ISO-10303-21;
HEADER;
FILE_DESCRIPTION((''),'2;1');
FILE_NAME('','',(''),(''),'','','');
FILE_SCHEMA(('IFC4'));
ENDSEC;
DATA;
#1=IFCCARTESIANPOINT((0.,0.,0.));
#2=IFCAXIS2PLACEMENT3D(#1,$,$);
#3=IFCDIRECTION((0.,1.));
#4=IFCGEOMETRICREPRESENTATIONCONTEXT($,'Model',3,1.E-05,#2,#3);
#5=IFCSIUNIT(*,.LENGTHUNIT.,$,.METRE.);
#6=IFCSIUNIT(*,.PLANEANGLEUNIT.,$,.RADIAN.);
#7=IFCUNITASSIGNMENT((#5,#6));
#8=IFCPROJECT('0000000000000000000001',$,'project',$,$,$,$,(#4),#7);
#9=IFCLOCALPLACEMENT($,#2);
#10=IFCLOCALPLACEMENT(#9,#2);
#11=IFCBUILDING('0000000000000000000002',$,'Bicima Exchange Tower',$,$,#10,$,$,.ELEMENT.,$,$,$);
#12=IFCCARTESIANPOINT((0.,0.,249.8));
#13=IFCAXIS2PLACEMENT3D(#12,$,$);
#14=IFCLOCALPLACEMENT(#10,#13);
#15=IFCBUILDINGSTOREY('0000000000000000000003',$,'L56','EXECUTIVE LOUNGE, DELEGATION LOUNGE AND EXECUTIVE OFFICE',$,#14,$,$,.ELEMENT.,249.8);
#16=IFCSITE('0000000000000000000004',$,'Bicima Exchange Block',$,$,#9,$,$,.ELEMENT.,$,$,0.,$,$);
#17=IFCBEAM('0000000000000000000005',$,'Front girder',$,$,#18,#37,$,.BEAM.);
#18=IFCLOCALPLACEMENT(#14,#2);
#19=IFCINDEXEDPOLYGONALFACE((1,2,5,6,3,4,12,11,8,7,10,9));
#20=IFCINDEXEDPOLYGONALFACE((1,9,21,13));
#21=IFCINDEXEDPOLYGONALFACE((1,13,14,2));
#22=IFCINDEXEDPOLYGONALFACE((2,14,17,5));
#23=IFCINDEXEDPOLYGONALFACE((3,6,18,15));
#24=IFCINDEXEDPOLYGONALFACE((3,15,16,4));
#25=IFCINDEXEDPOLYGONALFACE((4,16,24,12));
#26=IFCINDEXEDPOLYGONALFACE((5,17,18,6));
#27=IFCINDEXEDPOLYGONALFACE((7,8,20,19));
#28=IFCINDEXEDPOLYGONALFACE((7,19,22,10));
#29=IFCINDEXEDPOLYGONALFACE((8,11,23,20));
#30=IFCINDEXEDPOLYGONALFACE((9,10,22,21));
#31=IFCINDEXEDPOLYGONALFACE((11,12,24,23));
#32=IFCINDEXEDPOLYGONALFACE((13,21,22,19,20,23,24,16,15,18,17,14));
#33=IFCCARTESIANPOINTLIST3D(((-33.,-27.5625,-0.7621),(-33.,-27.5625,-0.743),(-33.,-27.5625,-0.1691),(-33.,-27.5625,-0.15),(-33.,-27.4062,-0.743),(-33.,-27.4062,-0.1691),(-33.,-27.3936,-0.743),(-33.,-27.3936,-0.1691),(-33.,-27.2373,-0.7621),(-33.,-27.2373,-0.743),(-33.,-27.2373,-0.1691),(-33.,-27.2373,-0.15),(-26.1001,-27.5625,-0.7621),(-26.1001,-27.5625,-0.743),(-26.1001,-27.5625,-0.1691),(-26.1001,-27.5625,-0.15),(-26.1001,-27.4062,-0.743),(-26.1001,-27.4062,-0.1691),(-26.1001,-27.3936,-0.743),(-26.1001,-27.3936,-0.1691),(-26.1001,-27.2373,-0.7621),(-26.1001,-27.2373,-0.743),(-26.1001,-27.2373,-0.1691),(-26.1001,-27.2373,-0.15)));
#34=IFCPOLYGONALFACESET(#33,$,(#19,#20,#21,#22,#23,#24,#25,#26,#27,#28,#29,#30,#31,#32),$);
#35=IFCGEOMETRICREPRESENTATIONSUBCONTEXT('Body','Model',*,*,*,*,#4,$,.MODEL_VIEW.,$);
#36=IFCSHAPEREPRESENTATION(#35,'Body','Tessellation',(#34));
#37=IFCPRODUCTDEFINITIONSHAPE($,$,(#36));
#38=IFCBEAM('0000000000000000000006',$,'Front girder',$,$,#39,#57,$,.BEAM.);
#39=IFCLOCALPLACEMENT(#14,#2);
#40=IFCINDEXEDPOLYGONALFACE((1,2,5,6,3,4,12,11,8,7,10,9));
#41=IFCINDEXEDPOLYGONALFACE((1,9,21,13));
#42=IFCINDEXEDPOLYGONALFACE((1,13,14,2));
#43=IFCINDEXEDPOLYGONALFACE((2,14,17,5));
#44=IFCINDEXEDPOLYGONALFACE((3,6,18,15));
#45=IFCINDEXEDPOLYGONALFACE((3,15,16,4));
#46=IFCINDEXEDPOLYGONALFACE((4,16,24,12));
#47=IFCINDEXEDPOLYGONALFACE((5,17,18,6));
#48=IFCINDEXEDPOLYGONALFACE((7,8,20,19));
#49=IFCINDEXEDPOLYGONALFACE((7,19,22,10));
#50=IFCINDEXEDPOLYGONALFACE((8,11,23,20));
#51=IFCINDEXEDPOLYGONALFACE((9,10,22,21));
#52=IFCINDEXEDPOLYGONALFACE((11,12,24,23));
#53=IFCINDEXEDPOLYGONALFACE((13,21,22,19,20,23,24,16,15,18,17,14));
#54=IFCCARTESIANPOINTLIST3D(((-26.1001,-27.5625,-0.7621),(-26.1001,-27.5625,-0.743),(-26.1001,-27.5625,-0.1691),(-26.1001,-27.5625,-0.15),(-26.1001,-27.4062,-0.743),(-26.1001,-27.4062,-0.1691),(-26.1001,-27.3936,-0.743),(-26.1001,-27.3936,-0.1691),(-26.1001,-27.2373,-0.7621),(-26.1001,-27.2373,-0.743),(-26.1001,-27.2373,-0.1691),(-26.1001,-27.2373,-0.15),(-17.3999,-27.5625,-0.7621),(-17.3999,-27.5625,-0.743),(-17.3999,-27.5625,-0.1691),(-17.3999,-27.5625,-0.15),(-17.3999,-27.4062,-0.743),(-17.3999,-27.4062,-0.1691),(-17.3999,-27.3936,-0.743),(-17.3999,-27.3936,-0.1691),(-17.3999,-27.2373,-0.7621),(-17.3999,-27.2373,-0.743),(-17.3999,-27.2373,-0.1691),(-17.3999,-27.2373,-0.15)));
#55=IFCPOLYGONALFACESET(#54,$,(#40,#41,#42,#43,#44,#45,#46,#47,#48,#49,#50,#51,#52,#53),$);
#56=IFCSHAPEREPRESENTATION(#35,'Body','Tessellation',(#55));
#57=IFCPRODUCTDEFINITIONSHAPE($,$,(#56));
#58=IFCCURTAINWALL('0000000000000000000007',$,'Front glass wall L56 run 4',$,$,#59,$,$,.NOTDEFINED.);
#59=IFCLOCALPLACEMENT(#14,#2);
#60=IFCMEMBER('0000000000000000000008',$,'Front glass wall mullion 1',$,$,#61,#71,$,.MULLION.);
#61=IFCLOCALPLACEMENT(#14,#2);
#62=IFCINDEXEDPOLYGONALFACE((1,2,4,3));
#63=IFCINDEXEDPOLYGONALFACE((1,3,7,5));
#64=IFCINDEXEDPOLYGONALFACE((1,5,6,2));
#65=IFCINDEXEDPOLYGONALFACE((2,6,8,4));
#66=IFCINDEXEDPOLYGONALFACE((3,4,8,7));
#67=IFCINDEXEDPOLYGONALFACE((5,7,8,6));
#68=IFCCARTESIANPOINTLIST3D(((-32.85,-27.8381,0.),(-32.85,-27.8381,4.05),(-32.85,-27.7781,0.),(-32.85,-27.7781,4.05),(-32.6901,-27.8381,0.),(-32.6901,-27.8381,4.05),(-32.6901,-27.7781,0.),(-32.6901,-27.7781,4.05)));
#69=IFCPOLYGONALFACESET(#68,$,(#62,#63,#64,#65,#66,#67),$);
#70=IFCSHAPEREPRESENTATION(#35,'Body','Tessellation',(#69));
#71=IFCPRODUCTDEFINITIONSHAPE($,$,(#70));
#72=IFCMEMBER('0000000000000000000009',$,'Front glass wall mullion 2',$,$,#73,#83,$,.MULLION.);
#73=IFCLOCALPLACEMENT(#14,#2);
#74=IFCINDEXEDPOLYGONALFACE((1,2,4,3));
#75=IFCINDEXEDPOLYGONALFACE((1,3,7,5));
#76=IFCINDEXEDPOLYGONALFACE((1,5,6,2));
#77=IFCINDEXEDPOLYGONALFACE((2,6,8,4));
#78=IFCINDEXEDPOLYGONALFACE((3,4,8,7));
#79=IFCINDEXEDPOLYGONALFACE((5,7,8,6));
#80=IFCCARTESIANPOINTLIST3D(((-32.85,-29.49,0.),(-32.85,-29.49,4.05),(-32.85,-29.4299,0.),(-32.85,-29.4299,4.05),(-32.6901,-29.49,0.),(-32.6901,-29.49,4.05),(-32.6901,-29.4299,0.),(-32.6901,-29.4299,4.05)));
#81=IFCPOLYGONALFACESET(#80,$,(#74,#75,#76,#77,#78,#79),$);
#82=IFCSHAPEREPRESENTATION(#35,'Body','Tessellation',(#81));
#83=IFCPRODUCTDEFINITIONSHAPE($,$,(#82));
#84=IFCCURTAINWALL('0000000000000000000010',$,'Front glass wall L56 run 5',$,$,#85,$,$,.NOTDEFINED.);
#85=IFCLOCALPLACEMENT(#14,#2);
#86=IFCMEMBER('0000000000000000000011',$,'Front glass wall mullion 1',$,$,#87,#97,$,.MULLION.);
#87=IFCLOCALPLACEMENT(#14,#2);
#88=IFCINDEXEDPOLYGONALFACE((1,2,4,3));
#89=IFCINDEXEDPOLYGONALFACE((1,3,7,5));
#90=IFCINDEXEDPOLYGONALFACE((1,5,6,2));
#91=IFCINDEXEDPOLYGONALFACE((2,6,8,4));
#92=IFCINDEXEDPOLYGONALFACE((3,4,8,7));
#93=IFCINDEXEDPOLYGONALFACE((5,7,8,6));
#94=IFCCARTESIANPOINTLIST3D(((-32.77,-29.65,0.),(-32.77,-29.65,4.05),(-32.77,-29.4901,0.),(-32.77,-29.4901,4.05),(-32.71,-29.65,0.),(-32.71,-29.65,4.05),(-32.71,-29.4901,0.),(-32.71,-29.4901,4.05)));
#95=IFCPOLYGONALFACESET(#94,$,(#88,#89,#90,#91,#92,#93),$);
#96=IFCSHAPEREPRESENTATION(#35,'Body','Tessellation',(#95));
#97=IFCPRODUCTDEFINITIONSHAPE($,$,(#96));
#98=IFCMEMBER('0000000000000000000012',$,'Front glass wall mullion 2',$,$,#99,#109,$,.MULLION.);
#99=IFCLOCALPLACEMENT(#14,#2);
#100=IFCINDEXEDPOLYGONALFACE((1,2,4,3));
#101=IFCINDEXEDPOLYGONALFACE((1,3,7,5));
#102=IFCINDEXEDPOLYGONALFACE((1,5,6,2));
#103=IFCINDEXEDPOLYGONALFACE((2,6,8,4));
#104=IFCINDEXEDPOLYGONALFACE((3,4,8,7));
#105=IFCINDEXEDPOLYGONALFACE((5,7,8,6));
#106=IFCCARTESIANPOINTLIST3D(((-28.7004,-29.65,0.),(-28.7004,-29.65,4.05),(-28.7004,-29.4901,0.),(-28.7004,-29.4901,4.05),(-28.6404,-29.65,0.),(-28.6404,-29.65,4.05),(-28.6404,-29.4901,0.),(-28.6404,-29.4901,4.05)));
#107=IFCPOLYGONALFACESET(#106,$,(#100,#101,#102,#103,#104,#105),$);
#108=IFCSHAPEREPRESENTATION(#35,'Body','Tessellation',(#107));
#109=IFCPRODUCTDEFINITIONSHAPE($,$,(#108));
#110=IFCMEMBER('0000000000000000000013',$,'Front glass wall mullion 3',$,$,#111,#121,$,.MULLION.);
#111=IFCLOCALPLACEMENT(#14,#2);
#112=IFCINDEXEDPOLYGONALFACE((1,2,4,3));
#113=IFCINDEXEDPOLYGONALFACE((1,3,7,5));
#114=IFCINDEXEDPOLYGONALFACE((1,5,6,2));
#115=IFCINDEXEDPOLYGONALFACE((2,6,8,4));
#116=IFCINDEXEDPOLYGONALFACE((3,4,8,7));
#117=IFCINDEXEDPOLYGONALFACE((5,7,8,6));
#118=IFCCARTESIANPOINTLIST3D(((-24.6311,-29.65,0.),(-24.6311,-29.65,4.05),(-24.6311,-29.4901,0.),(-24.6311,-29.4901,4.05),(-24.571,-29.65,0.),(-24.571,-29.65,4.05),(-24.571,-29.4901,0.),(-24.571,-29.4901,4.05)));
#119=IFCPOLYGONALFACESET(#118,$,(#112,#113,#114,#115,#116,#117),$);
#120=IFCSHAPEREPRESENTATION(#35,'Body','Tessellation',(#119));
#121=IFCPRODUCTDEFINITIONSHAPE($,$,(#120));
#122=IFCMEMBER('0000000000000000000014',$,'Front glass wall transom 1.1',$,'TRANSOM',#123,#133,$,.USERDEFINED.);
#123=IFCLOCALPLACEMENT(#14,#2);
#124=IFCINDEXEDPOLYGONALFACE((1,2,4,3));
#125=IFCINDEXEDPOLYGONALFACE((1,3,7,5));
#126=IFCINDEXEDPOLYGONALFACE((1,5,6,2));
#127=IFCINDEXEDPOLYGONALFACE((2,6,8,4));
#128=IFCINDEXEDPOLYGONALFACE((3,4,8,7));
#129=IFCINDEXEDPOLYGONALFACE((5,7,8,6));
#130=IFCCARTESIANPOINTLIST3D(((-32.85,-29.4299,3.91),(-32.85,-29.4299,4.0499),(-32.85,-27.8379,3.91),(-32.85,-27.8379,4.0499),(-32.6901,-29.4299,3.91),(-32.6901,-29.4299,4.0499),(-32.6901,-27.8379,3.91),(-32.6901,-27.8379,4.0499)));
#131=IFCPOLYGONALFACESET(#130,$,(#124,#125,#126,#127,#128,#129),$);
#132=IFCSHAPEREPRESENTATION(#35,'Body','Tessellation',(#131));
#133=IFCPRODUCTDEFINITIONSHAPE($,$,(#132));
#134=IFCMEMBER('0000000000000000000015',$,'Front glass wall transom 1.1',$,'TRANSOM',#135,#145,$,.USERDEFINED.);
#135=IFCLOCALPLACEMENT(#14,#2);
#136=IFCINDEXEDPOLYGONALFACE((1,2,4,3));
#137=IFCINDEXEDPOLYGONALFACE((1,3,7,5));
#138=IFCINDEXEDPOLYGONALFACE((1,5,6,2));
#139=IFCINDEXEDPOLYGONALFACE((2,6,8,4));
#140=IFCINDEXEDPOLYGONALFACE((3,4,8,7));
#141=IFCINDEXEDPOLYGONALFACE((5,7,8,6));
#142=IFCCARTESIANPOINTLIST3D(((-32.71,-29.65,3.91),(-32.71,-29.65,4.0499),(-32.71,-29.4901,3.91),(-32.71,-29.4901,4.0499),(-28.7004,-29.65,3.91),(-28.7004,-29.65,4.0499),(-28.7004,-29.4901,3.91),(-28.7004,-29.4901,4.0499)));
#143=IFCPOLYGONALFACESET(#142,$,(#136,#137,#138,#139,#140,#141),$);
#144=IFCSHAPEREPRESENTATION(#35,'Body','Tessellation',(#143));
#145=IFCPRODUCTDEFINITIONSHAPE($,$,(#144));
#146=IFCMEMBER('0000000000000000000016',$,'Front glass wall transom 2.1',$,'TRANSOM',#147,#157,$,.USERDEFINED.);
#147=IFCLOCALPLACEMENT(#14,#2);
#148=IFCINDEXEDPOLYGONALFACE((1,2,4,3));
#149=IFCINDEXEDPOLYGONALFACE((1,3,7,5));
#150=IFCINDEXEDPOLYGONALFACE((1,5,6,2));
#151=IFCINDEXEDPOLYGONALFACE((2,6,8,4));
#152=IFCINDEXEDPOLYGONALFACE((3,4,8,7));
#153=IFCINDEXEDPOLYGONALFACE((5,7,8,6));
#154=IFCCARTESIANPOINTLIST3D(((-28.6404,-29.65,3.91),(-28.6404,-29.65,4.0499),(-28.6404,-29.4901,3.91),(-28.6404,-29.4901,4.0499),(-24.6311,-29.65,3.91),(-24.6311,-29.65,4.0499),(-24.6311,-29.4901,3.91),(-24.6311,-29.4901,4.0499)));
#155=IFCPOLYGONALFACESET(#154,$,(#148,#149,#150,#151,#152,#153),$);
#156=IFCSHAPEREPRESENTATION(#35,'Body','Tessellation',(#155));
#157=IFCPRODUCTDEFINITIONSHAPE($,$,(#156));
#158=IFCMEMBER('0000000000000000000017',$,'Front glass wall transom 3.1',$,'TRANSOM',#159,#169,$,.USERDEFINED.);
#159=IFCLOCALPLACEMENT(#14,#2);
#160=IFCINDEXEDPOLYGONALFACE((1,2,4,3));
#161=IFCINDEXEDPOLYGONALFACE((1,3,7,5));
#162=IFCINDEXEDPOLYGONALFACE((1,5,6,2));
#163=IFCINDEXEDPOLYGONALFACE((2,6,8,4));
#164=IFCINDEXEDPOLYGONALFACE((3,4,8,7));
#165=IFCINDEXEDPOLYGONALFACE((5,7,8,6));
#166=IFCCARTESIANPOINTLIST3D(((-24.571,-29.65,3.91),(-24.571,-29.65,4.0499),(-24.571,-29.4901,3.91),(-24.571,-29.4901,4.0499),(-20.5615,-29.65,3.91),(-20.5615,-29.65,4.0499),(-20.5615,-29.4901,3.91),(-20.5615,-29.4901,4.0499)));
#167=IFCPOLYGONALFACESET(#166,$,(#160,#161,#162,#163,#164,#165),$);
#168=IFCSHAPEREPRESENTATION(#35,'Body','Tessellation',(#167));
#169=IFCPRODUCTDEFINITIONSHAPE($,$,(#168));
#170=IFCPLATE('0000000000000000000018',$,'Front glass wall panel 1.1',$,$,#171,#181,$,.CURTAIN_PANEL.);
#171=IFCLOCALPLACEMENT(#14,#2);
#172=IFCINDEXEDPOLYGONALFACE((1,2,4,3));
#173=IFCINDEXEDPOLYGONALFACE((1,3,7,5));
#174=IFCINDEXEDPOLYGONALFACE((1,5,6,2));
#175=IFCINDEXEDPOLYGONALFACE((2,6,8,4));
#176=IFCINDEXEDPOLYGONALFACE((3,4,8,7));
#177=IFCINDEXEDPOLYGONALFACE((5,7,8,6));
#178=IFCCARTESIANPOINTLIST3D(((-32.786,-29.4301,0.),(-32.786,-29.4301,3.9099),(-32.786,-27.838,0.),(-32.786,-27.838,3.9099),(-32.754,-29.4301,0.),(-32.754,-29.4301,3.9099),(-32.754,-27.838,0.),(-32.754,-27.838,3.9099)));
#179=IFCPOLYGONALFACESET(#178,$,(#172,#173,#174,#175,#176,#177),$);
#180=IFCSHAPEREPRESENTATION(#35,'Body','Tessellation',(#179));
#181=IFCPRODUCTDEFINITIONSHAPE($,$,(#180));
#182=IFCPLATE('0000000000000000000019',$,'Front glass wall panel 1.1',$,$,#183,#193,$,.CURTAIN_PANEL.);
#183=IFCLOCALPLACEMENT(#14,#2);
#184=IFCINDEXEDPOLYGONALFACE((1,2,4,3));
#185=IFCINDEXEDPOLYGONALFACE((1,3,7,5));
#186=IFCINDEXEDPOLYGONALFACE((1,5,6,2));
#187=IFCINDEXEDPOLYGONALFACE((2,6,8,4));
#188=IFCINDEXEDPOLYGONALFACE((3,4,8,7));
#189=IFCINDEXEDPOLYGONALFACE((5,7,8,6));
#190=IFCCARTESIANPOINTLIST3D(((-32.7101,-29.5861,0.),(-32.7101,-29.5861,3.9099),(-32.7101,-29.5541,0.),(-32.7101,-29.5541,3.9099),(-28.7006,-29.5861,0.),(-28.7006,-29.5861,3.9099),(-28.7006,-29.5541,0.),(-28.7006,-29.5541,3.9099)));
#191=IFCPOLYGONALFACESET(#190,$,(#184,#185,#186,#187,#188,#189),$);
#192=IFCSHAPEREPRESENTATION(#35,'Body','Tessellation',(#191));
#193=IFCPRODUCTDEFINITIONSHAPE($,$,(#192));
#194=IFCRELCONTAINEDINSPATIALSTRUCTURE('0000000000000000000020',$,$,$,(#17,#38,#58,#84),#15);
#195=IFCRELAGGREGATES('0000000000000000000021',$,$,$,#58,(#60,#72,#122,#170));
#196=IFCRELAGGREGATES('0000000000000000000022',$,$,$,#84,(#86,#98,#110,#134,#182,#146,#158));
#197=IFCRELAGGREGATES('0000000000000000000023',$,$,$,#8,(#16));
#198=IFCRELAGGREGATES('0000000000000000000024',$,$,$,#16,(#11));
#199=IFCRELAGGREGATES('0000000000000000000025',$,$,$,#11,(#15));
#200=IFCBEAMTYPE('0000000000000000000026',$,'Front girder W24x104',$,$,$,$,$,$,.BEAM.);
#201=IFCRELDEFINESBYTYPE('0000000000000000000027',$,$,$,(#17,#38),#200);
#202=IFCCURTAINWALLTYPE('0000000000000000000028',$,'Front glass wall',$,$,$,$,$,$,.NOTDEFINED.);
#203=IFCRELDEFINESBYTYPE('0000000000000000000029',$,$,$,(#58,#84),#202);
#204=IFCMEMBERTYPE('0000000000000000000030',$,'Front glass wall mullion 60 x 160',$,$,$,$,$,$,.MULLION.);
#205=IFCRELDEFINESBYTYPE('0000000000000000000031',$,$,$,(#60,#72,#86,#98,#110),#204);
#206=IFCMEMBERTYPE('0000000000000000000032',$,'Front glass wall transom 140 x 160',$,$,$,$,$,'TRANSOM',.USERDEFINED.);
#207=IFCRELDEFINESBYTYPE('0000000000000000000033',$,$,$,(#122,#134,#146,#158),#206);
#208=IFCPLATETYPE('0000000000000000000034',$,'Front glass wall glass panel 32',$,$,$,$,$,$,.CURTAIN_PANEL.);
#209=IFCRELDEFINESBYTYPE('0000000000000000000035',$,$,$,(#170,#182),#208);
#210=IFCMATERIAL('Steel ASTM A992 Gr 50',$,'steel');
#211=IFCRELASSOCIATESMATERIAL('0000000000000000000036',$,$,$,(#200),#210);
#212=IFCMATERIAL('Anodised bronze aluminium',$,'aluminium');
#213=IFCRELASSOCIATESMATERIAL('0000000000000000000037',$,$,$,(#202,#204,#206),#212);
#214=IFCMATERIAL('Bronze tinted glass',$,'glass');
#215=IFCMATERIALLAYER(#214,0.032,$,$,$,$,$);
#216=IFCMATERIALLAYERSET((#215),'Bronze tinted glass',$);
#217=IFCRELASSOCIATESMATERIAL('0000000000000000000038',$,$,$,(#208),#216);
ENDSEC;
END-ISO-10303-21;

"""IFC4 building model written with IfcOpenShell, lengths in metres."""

from ifc_helpers import new_model, si_unit, direction, frame, origin, origin_2d, place, context, subcontext, project, spatial, rectangle, i_section, extrude, material, layer, layer_set, material_profile, profile_set, type_object, element, aggregate, save


model = new_model("IFC4")

# Units and contexts
model_context = context("Model", 3, precision=1e-05, world=origin(), true_north=direction((0.0, 1.0)))
body_context = subcontext(model_context, "Body", "Model", "MODEL_VIEW")
ifc_project = project(units=[si_unit("LENGTHUNIT", "METRE"), si_unit("PLANEANGLEUNIT", "RADIAN")], contexts=[model_context])

# Site, building, storey
site_placement = place(None, origin())
site = spatial("IfcSite", under=ifc_project, at=site_placement, Name="Bicima Exchange Block", CompositionType="ELEMENT", RefElevation=0.0)
building_placement = place(site_placement, origin())
building = spatial("IfcBuilding", under=site, at=building_placement, Name="Bicima Exchange Tower", CompositionType="ELEMENT")
storey_placement = place(building_placement, frame((0.0, 0.0, 249.8)))
storey = spatial("IfcBuildingStorey", under=building, at=storey_placement, Name="L56", Description="EXECUTIVE LOUNGE, DELEGATION LOUNGE AND EXECUTIVE OFFICE", CompositionType="ELEMENT", Elevation=249.8)

# Beams
ifc_material_1 = material(Name="Steel ASTM A992 Gr 50", Category="steel")
ifc_material_profile_1 = material_profile(ifc_material_1, i_section(OverallWidth=0.3252, OverallDepth=0.6121, WebThickness=0.0127, FlangeThickness=0.019, at=origin_2d()))
ifc_profile_set_1 = profile_set([ifc_material_profile_1], Name="Steel ASTM A992 Gr 50")
beam_type = type_object("IfcBeamType", Name="Front girder W24x104", PredefinedType="BEAM", material=ifc_profile_set_1)
beam_1_placement = place(storey_placement, frame((-33.0, -27.3999, -0.4561), z_axis=(1.0, 0.0, 0.0), x_axis=(0.0, 1.0, 0.0)))
element("IfcBeam", 1, at=beam_1_placement, inside=storey, type_object=beam_type, Name="Front girder", PredefinedType="BEAM", context=body_context, shape_type="SweptSolid", body=[
    extrude(i_section(OverallWidth=0.3252, OverallDepth=0.6121, WebThickness=0.0127, FlangeThickness=0.019, at=origin_2d()), origin(), (0.0, 0.0, 1.0), 6.8999),
])
beam_2_placement = place(storey_placement, frame((-26.1001, -27.3999, -0.4561), z_axis=(1.0, 0.0, 0.0), x_axis=(0.0, 1.0, 0.0)))
element("IfcBeam", 2, at=beam_2_placement, inside=storey, type_object=beam_type, Name="Front girder", PredefinedType="BEAM", context=body_context, shape_type="SweptSolid", body=[
    extrude(i_section(OverallWidth=0.3252, OverallDepth=0.6121, WebThickness=0.0127, FlangeThickness=0.019, at=origin_2d()), origin(), (0.0, 0.0, 1.0), 8.7002),
])

# Curtain walls, members
ifc_material_2 = material(Name="Anodised bronze aluminium", Category="aluminium")
curtain_wall_type = type_object("IfcCurtainWallType", Name="Front glass wall", PredefinedType="NOTDEFINED", material=ifc_material_2)
curtain_wall_1_placement = place(storey_placement, origin())
curtain_wall_1 = element("IfcCurtainWall", 3, at=curtain_wall_1_placement, inside=storey, type_object=curtain_wall_type, Name="Front glass wall L56 run 4", PredefinedType="NOTDEFINED")
ifc_material_profile_2 = material_profile(ifc_material_2, rectangle(XDim=0.1599, YDim=0.0601, at=origin_2d()))
ifc_profile_set_2 = profile_set([ifc_material_profile_2], Name="Anodised bronze aluminium")
member_type_1 = type_object("IfcMemberType", Name="Front glass wall mullion 60 x 160", PredefinedType="MULLION", material=ifc_profile_set_2)
member_1_placement = place(storey_placement, frame((-32.77, -27.8081, 0.0), z_axis=(0.0, 0.0, 1.0), x_axis=(1.0, 0.0, 0.0)))
member_1 = element("IfcMember", 4, at=member_1_placement, type_object=member_type_1, Name="Front glass wall mullion 1", PredefinedType="MULLION", context=body_context, shape_type="SweptSolid", body=[
    extrude(rectangle(XDim=0.1599, YDim=0.0601, at=origin_2d()), origin(), (0.0, 0.0, 1.0), 4.05),
])
member_2_placement = place(storey_placement, frame((-32.77, -29.46, 0.0), z_axis=(0.0, 0.0, 1.0), x_axis=(1.0, 0.0, 0.0)))
member_2 = element("IfcMember", 5, at=member_2_placement, type_object=member_type_1, Name="Front glass wall mullion 2", PredefinedType="MULLION", context=body_context, shape_type="SweptSolid", body=[
    extrude(rectangle(XDim=0.1599, YDim=0.0601, at=origin_2d()), origin(), (0.0, 0.0, 1.0), 4.05),
])
curtain_wall_2_placement = place(storey_placement, origin())
curtain_wall_2 = element("IfcCurtainWall", 6, at=curtain_wall_2_placement, inside=storey, type_object=curtain_wall_type, Name="Front glass wall L56 run 5", PredefinedType="NOTDEFINED")
member_3_placement = place(storey_placement, frame((-32.74, -29.5701, 0.0), z_axis=(0.0, 0.0, 1.0), x_axis=(0.0, 1.0, 0.0)))
member_3 = element("IfcMember", 7, at=member_3_placement, type_object=member_type_1, Name="Front glass wall mullion 1", PredefinedType="MULLION", context=body_context, shape_type="SweptSolid", body=[
    extrude(rectangle(XDim=0.1599, YDim=0.0601, at=origin_2d()), origin(), (0.0, 0.0, 1.0), 4.05),
])
member_4_placement = place(storey_placement, frame((-28.6704, -29.5701, 0.0), z_axis=(0.0, 0.0, 1.0), x_axis=(0.0, 1.0, 0.0)))
member_4 = element("IfcMember", 8, at=member_4_placement, type_object=member_type_1, Name="Front glass wall mullion 2", PredefinedType="MULLION", context=body_context, shape_type="SweptSolid", body=[
    extrude(rectangle(XDim=0.1599, YDim=0.0601, at=origin_2d()), origin(), (0.0, 0.0, 1.0), 4.05),
])
member_5_placement = place(storey_placement, frame((-24.6011, -29.5701, 0.0), z_axis=(0.0, 0.0, 1.0), x_axis=(0.0, 1.0, 0.0)))
member_5 = element("IfcMember", 9, at=member_5_placement, type_object=member_type_1, Name="Front glass wall mullion 3", PredefinedType="MULLION", context=body_context, shape_type="SweptSolid", body=[
    extrude(rectangle(XDim=0.1599, YDim=0.0601, at=origin_2d()), origin(), (0.0, 0.0, 1.0), 4.05),
])

# Members
ifc_material_profile_3 = material_profile(ifc_material_2, rectangle(XDim=0.1599, YDim=0.1399, at=origin_2d()))
ifc_profile_set_3 = profile_set([ifc_material_profile_3], Name="Anodised bronze aluminium")
member_type_2 = type_object("IfcMemberType", Name="Front glass wall transom 140 x 160", ElementType="TRANSOM", PredefinedType="USERDEFINED", material=ifc_profile_set_3)
member_6_placement = place(storey_placement, frame((-32.77, -27.8379, 3.98), z_axis=(0.0, -1.0, 0.0), x_axis=(1.0, 0.0, 0.0)))
member_6 = element("IfcMember", 10, at=member_6_placement, type_object=member_type_2, Name="Front glass wall transom 1.1", ObjectType="TRANSOM", PredefinedType="USERDEFINED", context=body_context, shape_type="SweptSolid", body=[
    extrude(rectangle(XDim=0.1599, YDim=0.1399, at=origin_2d()), origin(), (0.0, 0.0, 1.0), 1.592),
])
member_7_placement = place(storey_placement, frame((-32.71, -29.5701, 3.98), z_axis=(1.0, 0.0, 0.0), x_axis=(0.0, 1.0, 0.0)))
member_7 = element("IfcMember", 11, at=member_7_placement, type_object=member_type_2, Name="Front glass wall transom 1.1", ObjectType="TRANSOM", PredefinedType="USERDEFINED", context=body_context, shape_type="SweptSolid", body=[
    extrude(rectangle(XDim=0.1599, YDim=0.1399, at=origin_2d()), origin(), (0.0, 0.0, 1.0), 4.0095),
])
member_8_placement = place(storey_placement, frame((-28.6404, -29.5701, 3.98), z_axis=(1.0, 0.0, 0.0), x_axis=(0.0, 1.0, 0.0)))
member_8 = element("IfcMember", 12, at=member_8_placement, type_object=member_type_2, Name="Front glass wall transom 2.1", ObjectType="TRANSOM", PredefinedType="USERDEFINED", context=body_context, shape_type="SweptSolid", body=[
    extrude(rectangle(XDim=0.1599, YDim=0.1399, at=origin_2d()), origin(), (0.0, 0.0, 1.0), 4.0093),
])
member_9_placement = place(storey_placement, frame((-24.571, -29.5701, 3.98), z_axis=(1.0, 0.0, 0.0), x_axis=(0.0, 1.0, 0.0)))
member_9 = element("IfcMember", 13, at=member_9_placement, type_object=member_type_2, Name="Front glass wall transom 3.1", ObjectType="TRANSOM", PredefinedType="USERDEFINED", context=body_context, shape_type="SweptSolid", body=[
    extrude(rectangle(XDim=0.1599, YDim=0.1399, at=origin_2d()), origin(), (0.0, 0.0, 1.0), 4.0095),
])

# Plates
ifc_material_3 = material(Name="Bronze tinted glass", Category="glass")
ifc_layer_1 = layer(ifc_material_3, 0.032)
ifc_layer_set_1 = layer_set([ifc_layer_1], Name="Bronze tinted glass")
plate_type_1 = type_object("IfcPlateType", Name="Front glass wall glass panel 32", PredefinedType="CURTAIN_PANEL", material=ifc_layer_set_1)
plate_1_placement = place(storey_placement, frame((-32.77, -28.634, 0.0), z_axis=(0.0, 0.0, 1.0), x_axis=(0.0, -1.0, 0.0)))
plate_1 = element("IfcPlate", 14, at=plate_1_placement, type_object=plate_type_1, Name="Front glass wall panel 1.1", PredefinedType="CURTAIN_PANEL", context=body_context, shape_type="SweptSolid", body=[
    extrude(rectangle(XDim=1.592, YDim=0.032, at=origin_2d()), origin(), (0.0, 0.0, 1.0), 3.9099),
])
aggregate(curtain_wall_1, [member_1, member_2, member_6, plate_1])
plate_2_placement = place(storey_placement, frame((-30.7053, -29.5701, 0.0), z_axis=(0.0, 0.0, 1.0), x_axis=(1.0, 0.0, 0.0)))
plate_2 = element("IfcPlate", 15, at=plate_2_placement, type_object=plate_type_1, Name="Front glass wall panel 1.1", PredefinedType="CURTAIN_PANEL", context=body_context, shape_type="SweptSolid", body=[
    extrude(rectangle(XDim=4.0095, YDim=0.032, at=origin_2d()), origin(), (0.0, 0.0, 1.0), 3.9099),
])
aggregate(curtain_wall_2, [member_3, member_4, member_5, member_7, plate_2, member_8, member_9])

save(model, "model.ifc")
